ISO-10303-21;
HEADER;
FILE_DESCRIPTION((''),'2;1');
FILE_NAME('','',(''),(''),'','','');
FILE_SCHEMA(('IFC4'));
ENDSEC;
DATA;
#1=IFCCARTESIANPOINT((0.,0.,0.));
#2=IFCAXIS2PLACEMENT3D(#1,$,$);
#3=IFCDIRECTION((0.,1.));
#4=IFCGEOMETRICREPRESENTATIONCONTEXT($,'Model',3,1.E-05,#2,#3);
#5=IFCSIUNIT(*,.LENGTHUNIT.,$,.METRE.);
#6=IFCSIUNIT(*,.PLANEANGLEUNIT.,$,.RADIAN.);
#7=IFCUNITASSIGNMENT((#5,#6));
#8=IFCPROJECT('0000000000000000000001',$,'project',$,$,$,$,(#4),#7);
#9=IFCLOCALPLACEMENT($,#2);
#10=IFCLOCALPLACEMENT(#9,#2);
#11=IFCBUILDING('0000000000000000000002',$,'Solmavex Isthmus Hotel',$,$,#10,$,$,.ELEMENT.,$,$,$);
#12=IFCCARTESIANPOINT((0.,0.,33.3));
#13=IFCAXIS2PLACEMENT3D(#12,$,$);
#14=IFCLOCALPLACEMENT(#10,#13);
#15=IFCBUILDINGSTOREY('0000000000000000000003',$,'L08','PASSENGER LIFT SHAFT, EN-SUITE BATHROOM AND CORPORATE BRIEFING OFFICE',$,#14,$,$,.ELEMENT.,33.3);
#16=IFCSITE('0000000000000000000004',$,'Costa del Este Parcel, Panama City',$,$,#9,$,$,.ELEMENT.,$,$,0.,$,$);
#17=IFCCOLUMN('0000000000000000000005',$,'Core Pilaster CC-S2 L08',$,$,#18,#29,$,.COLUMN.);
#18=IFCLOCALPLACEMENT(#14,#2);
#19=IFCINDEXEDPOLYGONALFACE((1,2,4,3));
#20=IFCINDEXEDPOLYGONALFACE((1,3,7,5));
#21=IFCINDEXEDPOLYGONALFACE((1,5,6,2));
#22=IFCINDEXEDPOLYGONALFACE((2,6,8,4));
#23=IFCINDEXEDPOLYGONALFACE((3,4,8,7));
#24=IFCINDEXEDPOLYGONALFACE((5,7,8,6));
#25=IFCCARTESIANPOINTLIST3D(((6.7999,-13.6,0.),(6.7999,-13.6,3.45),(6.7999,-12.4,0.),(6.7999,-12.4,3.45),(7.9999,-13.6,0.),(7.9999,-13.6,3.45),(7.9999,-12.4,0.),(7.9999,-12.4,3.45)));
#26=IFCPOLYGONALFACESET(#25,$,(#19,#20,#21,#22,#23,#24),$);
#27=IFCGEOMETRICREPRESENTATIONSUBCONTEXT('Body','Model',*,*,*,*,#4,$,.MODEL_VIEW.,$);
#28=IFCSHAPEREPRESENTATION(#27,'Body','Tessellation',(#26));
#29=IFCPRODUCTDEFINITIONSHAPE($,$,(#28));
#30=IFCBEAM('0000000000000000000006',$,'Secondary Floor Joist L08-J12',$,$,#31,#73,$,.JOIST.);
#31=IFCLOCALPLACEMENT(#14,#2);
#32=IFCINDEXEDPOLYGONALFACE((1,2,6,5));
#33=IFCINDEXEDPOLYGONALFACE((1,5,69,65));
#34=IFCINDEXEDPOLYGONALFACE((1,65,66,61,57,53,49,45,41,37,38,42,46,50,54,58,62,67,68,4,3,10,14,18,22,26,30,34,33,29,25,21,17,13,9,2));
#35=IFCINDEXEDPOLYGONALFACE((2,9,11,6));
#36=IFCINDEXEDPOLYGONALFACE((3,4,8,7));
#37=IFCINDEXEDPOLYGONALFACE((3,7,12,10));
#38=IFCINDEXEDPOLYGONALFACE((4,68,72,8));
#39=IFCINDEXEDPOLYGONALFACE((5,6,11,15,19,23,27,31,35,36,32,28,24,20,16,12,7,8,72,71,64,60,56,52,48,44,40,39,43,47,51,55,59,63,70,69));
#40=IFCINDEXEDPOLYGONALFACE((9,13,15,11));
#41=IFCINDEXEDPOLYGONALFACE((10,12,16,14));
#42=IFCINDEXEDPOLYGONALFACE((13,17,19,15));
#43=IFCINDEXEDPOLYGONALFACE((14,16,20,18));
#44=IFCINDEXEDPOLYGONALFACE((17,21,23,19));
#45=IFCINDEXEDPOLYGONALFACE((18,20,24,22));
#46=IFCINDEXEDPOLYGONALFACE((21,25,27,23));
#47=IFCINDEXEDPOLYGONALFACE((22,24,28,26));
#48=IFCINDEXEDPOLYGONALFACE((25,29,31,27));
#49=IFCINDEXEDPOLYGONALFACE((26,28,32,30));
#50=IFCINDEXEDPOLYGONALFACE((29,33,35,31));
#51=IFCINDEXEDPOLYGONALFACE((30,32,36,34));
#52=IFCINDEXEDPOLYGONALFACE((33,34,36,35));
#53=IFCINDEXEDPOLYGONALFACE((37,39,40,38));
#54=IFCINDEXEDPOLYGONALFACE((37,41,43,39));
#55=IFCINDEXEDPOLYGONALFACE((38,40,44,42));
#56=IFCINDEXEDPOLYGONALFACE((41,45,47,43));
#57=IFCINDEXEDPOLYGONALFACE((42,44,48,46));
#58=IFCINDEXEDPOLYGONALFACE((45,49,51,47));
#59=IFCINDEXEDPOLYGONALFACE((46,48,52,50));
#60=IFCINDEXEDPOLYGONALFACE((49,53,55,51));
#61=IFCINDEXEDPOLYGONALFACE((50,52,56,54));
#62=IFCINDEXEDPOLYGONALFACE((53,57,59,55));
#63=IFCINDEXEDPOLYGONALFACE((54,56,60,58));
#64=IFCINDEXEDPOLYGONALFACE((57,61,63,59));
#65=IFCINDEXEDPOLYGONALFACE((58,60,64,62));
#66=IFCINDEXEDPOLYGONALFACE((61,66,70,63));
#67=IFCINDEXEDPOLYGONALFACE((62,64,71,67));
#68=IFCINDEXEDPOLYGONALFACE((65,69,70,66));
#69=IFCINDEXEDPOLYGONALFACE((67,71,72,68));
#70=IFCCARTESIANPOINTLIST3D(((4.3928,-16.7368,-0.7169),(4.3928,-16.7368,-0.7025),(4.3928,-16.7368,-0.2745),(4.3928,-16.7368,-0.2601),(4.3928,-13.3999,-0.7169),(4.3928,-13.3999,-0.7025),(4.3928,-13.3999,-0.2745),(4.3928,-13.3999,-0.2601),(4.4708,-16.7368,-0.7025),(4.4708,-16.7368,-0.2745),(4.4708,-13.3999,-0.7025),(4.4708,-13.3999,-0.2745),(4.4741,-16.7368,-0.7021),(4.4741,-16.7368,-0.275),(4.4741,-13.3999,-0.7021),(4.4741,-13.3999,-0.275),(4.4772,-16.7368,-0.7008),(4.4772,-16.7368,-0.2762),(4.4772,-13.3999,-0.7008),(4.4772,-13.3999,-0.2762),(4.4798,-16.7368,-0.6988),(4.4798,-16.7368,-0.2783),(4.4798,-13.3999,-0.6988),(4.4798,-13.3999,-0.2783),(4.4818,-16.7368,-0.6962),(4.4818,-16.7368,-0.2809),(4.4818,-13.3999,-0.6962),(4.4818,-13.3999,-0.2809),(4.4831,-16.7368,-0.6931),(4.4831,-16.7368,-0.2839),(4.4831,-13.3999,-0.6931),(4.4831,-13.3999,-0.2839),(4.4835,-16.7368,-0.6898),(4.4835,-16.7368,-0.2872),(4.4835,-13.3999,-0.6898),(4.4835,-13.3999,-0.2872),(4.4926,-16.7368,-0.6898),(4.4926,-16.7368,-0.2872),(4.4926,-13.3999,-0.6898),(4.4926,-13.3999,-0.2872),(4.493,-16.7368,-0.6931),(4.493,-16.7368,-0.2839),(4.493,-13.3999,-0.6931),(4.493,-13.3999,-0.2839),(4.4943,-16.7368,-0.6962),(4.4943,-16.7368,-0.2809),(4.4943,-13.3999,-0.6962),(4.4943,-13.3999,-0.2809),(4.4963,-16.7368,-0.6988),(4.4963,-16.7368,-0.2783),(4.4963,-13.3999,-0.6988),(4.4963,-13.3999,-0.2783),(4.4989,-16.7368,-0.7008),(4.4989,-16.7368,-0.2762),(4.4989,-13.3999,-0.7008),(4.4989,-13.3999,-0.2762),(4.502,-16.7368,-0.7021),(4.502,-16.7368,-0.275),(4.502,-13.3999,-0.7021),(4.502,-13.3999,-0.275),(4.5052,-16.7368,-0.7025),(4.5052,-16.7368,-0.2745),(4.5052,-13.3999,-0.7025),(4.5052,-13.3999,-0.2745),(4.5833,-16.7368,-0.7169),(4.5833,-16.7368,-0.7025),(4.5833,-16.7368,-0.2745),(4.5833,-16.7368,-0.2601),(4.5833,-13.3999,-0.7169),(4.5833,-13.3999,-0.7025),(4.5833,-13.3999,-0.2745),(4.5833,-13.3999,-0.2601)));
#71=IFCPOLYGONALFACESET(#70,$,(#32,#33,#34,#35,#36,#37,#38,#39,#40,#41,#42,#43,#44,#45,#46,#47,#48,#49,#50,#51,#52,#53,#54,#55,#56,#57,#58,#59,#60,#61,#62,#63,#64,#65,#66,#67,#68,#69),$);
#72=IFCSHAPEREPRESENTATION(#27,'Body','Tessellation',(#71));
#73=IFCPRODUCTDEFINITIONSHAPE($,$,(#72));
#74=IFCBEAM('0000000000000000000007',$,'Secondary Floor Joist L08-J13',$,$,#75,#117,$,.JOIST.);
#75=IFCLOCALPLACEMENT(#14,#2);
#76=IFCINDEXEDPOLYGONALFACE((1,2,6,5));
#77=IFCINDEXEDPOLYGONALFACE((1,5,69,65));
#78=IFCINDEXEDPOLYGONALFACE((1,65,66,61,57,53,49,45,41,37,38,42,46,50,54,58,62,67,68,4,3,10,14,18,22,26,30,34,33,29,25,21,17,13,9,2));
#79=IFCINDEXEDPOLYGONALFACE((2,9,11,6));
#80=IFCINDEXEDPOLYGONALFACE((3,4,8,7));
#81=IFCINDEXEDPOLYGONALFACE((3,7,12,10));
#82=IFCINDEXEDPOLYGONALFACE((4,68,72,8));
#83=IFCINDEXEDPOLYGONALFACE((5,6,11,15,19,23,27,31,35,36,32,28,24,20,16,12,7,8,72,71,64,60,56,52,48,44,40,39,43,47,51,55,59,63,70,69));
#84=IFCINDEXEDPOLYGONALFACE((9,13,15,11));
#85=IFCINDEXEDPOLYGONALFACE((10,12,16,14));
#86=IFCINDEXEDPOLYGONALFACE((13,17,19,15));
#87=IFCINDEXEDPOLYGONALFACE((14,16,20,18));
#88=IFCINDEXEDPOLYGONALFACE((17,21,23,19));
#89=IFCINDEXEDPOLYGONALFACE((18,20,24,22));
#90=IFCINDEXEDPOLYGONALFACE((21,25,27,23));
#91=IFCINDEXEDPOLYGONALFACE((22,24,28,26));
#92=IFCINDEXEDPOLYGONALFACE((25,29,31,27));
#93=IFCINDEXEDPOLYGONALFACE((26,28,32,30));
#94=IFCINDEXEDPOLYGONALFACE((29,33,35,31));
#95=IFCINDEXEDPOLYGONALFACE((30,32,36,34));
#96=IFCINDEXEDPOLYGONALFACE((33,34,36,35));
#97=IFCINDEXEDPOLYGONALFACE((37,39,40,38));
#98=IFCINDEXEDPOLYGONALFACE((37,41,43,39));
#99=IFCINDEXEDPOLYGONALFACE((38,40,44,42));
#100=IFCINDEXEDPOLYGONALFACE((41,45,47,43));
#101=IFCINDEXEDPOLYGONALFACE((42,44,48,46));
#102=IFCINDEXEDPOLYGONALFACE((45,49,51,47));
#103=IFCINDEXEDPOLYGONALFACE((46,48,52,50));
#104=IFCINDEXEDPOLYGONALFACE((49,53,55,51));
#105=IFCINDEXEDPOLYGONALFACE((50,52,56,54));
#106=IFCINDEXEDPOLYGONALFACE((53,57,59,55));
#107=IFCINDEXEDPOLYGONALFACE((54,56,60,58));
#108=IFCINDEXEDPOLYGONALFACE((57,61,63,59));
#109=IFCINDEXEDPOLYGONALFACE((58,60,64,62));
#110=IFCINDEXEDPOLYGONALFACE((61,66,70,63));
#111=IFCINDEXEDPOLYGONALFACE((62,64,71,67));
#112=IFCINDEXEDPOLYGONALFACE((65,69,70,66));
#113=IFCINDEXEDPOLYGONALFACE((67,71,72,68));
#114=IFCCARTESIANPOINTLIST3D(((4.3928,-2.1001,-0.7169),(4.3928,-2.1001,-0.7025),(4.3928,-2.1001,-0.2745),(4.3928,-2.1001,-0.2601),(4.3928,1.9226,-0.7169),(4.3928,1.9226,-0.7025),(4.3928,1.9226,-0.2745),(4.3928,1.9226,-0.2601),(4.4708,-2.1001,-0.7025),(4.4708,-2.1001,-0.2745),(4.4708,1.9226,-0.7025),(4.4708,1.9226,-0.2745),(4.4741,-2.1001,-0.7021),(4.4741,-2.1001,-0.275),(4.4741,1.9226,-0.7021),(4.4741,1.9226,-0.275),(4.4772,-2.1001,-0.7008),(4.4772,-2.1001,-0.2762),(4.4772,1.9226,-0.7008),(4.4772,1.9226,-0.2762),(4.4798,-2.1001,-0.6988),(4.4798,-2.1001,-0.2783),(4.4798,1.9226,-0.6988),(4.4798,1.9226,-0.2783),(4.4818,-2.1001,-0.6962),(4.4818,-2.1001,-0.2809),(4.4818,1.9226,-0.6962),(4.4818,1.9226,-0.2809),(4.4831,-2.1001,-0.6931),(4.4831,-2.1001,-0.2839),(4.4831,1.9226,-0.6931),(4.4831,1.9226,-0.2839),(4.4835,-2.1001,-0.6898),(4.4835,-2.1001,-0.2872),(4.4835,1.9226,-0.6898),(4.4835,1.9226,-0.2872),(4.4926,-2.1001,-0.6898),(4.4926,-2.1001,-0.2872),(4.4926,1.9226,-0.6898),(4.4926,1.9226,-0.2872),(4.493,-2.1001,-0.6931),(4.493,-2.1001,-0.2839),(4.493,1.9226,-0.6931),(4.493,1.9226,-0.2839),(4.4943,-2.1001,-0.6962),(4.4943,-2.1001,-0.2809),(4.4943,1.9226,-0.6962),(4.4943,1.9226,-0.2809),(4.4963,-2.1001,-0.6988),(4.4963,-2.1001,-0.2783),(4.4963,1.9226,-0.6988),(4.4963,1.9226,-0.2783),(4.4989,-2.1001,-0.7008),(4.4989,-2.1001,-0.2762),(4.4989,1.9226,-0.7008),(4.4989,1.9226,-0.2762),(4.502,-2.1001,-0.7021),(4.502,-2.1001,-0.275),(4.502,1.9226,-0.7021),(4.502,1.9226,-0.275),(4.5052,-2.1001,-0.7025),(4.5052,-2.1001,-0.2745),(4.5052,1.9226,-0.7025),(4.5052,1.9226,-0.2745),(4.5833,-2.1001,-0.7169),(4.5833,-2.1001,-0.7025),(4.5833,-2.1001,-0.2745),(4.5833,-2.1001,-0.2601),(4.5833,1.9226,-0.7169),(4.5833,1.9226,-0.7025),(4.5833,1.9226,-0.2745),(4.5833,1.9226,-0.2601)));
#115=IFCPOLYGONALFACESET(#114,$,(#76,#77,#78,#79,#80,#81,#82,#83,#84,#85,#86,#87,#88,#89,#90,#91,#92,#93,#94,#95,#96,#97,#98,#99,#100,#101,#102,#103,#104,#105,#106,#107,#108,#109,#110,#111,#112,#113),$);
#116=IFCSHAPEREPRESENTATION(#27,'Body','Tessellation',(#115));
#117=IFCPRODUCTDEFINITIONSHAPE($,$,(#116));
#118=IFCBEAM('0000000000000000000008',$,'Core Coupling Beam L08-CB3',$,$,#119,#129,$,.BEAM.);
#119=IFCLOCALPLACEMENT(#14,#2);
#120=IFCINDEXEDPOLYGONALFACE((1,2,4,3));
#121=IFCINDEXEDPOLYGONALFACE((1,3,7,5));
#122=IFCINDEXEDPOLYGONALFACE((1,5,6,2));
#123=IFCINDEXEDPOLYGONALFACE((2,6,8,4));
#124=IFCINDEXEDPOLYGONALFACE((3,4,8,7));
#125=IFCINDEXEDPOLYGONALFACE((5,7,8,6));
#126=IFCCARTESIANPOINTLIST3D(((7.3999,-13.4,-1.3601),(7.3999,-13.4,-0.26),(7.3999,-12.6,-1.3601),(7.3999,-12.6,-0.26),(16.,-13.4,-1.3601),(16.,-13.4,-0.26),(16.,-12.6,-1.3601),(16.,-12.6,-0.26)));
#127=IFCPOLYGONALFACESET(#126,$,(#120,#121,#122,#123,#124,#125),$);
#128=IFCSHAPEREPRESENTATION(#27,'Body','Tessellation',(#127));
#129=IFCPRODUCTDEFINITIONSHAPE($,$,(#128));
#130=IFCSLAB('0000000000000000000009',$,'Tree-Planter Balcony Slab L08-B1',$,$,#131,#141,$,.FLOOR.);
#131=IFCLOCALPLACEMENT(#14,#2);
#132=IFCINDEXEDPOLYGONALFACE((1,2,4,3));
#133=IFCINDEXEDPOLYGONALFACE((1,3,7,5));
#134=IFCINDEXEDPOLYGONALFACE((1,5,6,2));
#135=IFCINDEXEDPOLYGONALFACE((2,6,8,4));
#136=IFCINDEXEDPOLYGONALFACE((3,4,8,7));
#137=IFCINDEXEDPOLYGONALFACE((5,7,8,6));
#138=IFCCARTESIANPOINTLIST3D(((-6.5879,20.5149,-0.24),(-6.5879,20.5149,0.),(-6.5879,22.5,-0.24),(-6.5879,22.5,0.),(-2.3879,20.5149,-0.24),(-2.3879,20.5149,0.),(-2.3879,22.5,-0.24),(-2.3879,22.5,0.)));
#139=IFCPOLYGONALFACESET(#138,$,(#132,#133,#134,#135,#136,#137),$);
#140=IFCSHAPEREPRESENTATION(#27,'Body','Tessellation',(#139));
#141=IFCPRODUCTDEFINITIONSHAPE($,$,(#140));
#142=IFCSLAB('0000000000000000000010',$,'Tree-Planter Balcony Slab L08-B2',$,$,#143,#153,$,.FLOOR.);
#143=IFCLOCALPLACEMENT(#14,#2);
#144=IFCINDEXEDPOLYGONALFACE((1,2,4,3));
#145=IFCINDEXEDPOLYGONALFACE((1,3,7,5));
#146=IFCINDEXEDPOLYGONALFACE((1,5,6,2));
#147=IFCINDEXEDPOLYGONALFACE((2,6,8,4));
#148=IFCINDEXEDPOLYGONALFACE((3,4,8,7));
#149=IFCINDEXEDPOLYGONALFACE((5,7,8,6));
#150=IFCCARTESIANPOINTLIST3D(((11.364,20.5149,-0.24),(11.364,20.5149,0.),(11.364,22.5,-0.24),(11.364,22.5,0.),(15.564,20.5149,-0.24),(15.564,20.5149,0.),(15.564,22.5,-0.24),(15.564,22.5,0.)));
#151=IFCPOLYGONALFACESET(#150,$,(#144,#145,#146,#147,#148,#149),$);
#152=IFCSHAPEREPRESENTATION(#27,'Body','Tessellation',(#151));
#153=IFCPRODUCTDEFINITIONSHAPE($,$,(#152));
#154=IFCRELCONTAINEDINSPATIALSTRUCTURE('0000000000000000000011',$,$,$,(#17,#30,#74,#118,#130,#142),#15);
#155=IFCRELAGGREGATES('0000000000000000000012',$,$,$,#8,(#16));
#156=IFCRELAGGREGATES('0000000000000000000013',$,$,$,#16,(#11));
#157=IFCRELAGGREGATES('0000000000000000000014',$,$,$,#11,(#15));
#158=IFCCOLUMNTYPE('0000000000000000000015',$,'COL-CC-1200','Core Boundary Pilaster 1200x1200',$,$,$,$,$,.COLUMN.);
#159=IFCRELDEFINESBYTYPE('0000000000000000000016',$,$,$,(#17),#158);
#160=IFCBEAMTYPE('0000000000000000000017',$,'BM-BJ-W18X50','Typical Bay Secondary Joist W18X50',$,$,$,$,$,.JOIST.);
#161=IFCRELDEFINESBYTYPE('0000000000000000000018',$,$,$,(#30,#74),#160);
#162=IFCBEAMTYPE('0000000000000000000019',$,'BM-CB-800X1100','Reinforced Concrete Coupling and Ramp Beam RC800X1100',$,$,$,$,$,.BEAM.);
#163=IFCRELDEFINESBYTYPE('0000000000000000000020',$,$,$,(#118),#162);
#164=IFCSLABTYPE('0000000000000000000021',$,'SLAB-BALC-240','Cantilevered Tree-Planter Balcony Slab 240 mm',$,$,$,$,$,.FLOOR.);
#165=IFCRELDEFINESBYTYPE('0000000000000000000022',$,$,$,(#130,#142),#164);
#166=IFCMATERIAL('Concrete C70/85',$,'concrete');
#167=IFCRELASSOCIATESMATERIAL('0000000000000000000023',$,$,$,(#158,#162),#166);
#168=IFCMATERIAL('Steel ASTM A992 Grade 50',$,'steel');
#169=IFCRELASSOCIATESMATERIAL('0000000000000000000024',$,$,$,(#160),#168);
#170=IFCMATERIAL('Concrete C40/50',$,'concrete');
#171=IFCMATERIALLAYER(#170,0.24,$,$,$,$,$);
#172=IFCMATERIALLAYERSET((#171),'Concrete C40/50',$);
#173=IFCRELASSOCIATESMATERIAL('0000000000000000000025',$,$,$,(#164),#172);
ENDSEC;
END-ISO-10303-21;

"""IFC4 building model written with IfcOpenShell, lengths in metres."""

from ifc_helpers import new_model, si_unit, direction, frame, origin, origin_2d, place, context, subcontext, project, spatial, polyline, rectangle, i_section, outline, extrude, material, layer, layer_set, material_profile, profile_set, type_object, element, save


model = new_model("IFC4")

# Units and contexts
model_context = context("Model", 3, precision=1e-05, world=origin(), true_north=direction((0.0, 1.0)))
body_context = subcontext(model_context, "Body", "Model", "MODEL_VIEW")
ifc_project = project(units=[si_unit("LENGTHUNIT", "METRE"), si_unit("PLANEANGLEUNIT", "RADIAN")], contexts=[model_context])

# Site, building, storey
site_placement = place(None, origin())
site = spatial("IfcSite", under=ifc_project, at=site_placement, Name="Costa del Este Parcel, Panama City", CompositionType="ELEMENT", RefElevation=0.0)
building_placement = place(site_placement, origin())
building = spatial("IfcBuilding", under=site, at=building_placement, Name="Solmavex Isthmus Hotel", CompositionType="ELEMENT")
storey_placement = place(building_placement, frame((0.0, 0.0, 33.3)))
storey = spatial("IfcBuildingStorey", under=building, at=storey_placement, Name="L08", Description="PASSENGER LIFT SHAFT, EN-SUITE BATHROOM AND CORPORATE BRIEFING OFFICE", CompositionType="ELEMENT", Elevation=33.3)

# Column
ifc_material_1 = material(Name="Concrete C70/85", Category="concrete")
ifc_material_profile_1 = material_profile(ifc_material_1, rectangle(XDim=1.2, YDim=1.2, at=origin_2d()), Name="RC1200X1200")
ifc_profile_set_1 = profile_set([ifc_material_profile_1], Name="Concrete C70/85")
column_type = type_object("IfcColumnType", Name="COL-CC-1200", Description="Core Boundary Pilaster 1200x1200", PredefinedType="COLUMN", material=ifc_profile_set_1)
column_placement = place(storey_placement, frame((7.3999, -13.0, 0.0), z_axis=(0.0, 0.0, 1.0), x_axis=(1.0, 0.0, 0.0)))
element("IfcColumn", 1, at=column_placement, inside=storey, type_object=column_type, Name="Core Pilaster CC-S2 L08", PredefinedType="COLUMN", context=body_context, shape_type="SweptSolid", body=[
    extrude(rectangle(XDim=1.2, YDim=1.2, at=origin_2d()), origin(), (0.0, 0.0, 1.0), 3.45),
])

# Beams
ifc_material_2 = material(Name="Steel ASTM A992 Grade 50", Category="steel")
ifc_material_profile_2 = material_profile(ifc_material_2, i_section(OverallWidth=0.1904, OverallDepth=0.4568, WebThickness=0.009, FlangeThickness=0.0144, FilletRadius=0.0127, at=origin_2d()), Name="W18X50")
ifc_profile_set_2 = profile_set([ifc_material_profile_2], Name="Steel ASTM A992 Grade 50")
beam_type_1 = type_object("IfcBeamType", Name="BM-BJ-W18X50", Description="Typical Bay Secondary Joist W18X50", PredefinedType="JOIST", material=ifc_profile_set_2)
beam_1_placement = place(storey_placement, frame((4.488, -16.7368, -0.4885), z_axis=(0.0, 1.0, 0.0), x_axis=(-1.0, 0.0, 0.0)))
element("IfcBeam", 2, at=beam_1_placement, inside=storey, type_object=beam_type_1, Name="Secondary Floor Joist L08-J12", PredefinedType="JOIST", context=body_context, shape_type="SweptSolid", body=[
    extrude(i_section(OverallWidth=0.1904, OverallDepth=0.4568, WebThickness=0.009, FlangeThickness=0.0144, FilletRadius=0.0127, at=origin_2d()), origin(), (0.0, 0.0, 1.0), 3.3369),
])
beam_2_placement = place(storey_placement, frame((4.488, -2.1001, -0.4885), z_axis=(0.0, 1.0, 0.0), x_axis=(-1.0, 0.0, 0.0)))
element("IfcBeam", 3, at=beam_2_placement, inside=storey, type_object=beam_type_1, Name="Secondary Floor Joist L08-J13", PredefinedType="JOIST", context=body_context, shape_type="SweptSolid", body=[
    extrude(i_section(OverallWidth=0.1904, OverallDepth=0.4568, WebThickness=0.009, FlangeThickness=0.0144, FilletRadius=0.0127, at=origin_2d()), origin(), (0.0, 0.0, 1.0), 4.0227),
])
ifc_material_profile_3 = material_profile(ifc_material_1, rectangle(XDim=0.8, YDim=1.1001, at=origin_2d()), Name="RC800X1100")
ifc_profile_set_3 = profile_set([ifc_material_profile_3], Name="Concrete C70/85")
beam_type_2 = type_object("IfcBeamType", Name="BM-CB-800X1100", Description="Reinforced Concrete Coupling and Ramp Beam RC800X1100", PredefinedType="BEAM", material=ifc_profile_set_3)
beam_3_placement = place(storey_placement, frame((7.3999, -13.0, -0.8101), z_axis=(1.0, 0.0, 0.0), x_axis=(0.0, 1.0, 0.0)))
element("IfcBeam", 4, at=beam_3_placement, inside=storey, type_object=beam_type_2, Name="Core Coupling Beam L08-CB3", PredefinedType="BEAM", context=body_context, shape_type="SweptSolid", body=[
    extrude(rectangle(XDim=0.8, YDim=1.1001, at=origin_2d()), origin(), (0.0, 0.0, 1.0), 8.6001),
])

# Slabs
ifc_material_3 = material(Name="Concrete C40/50", Category="concrete")
ifc_layer_1 = layer(ifc_material_3, 0.24)
ifc_layer_set_1 = layer_set([ifc_layer_1], Name="Concrete C40/50")
slab_type_1 = type_object("IfcSlabType", Name="SLAB-BALC-240", Description="Cantilevered Tree-Planter Balcony Slab 240 mm", PredefinedType="FLOOR", material=ifc_layer_set_1)
slab_1_placement = place(storey_placement, frame((0.0, 0.0, -0.24)))
element("IfcSlab", 5, at=slab_1_placement, inside=storey, type_object=slab_type_1, Name="Tree-Planter Balcony Slab L08-B1", PredefinedType="FLOOR", context=body_context, shape_type="SweptSolid", body=[
    extrude(outline(polyline([(-6.5879, 20.5149), (-2.3879, 20.5149), (-2.3879, 22.5), (-6.5879, 22.5), (-6.5879, 20.5149)])), origin(), (0.0, 0.0, 1.0), 0.24),
])
slab_2_placement = place(storey_placement, frame((0.0, 0.0, -0.24)))
element("IfcSlab", 6, at=slab_2_placement, inside=storey, type_object=slab_type_1, Name="Tree-Planter Balcony Slab L08-B2", PredefinedType="FLOOR", context=body_context, shape_type="SweptSolid", body=[
    extrude(outline(polyline([(11.364, 20.5149), (15.564, 20.5149), (15.564, 22.5), (11.364, 22.5), (11.364, 20.5149)])), origin(), (0.0, 0.0, 1.0), 0.24),
])

save(model, "model.ifc")
